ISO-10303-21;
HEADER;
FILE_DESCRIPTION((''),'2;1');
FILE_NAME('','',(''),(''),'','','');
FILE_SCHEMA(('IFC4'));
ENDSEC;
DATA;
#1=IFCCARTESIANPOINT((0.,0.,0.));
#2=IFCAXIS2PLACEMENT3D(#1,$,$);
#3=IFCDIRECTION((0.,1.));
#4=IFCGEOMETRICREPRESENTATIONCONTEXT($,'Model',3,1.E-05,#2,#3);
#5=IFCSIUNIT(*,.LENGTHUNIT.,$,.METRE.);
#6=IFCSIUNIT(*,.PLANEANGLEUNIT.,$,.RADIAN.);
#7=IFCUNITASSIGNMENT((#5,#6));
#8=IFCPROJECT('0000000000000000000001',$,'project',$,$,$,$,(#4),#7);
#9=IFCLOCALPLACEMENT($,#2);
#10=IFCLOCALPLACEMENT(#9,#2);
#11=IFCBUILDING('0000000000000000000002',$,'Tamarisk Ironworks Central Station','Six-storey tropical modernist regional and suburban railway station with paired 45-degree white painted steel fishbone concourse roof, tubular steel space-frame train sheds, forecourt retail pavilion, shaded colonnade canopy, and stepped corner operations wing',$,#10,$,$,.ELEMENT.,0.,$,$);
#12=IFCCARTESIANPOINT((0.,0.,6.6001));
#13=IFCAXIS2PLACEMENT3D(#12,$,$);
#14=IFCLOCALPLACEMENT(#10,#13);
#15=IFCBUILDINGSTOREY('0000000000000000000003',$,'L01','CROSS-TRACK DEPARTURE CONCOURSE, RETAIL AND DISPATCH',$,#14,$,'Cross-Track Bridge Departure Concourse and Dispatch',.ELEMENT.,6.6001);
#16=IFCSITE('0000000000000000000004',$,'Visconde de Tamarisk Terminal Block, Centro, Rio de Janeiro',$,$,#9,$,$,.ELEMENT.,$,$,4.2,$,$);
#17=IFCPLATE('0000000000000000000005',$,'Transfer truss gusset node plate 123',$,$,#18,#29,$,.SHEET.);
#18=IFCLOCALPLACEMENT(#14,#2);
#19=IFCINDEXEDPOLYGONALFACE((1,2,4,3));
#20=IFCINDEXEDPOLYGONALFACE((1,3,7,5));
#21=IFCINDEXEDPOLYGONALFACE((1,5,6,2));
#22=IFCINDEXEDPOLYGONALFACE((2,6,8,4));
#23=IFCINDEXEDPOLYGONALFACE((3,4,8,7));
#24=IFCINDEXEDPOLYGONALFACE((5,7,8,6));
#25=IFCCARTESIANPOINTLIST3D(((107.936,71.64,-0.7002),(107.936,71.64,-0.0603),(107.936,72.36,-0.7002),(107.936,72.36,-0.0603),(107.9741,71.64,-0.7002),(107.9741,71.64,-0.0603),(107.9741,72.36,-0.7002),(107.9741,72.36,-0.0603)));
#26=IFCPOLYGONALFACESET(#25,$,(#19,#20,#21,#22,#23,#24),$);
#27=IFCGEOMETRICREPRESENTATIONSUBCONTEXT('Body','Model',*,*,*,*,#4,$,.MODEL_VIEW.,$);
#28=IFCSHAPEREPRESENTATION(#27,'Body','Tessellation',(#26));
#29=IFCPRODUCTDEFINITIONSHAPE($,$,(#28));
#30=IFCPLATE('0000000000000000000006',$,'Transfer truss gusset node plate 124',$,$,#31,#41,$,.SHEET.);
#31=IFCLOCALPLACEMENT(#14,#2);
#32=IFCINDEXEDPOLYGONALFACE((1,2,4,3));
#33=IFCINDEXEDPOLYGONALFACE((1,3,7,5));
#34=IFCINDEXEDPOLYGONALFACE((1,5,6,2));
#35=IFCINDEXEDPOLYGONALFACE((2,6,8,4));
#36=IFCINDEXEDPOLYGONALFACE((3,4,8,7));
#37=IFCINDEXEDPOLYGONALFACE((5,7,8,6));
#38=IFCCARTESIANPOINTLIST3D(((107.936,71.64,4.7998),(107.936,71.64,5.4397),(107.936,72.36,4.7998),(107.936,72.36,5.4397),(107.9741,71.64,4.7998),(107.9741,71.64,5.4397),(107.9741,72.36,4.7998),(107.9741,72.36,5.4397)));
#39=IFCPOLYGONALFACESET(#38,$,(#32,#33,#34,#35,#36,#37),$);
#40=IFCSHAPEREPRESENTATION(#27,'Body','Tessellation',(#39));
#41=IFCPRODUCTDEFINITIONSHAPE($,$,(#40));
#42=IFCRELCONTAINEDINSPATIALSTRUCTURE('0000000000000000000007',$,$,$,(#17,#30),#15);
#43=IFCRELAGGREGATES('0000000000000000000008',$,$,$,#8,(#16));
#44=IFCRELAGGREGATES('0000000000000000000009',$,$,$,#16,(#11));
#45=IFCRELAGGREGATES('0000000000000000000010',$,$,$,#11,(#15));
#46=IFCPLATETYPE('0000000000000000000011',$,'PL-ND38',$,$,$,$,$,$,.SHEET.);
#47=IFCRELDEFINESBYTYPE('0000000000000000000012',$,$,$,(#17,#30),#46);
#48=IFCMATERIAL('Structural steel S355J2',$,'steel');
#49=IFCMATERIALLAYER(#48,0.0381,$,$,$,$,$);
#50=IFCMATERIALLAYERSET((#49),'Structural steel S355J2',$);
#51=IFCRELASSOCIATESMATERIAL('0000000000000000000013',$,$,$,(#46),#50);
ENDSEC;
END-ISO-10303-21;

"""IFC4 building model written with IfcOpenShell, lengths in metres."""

from ifc_helpers import new_model, si_unit, direction, frame, origin, origin_2d, place, context, subcontext, project, spatial, rectangle, extrude, material, layer, layer_set, type_object, element, save


model = new_model("IFC4")

# Units and contexts
model_context = context("Model", 3, precision=1e-05, world=origin(), true_north=direction((0.0, 1.0)))
body_context = subcontext(model_context, "Body", "Model", "MODEL_VIEW")
ifc_project = project(units=[si_unit("LENGTHUNIT", "METRE"), si_unit("PLANEANGLEUNIT", "RADIAN")], contexts=[model_context])

# Site, building, storey
site_placement = place(None, origin())
site = spatial("IfcSite", under=ifc_project, at=site_placement, Name="Visconde de Tamarisk Terminal Block, Centro, Rio de Janeiro", CompositionType="ELEMENT", RefElevation=4.2)
building_placement = place(site_placement, origin())
building = spatial("IfcBuilding", under=site, at=building_placement, Name="Tamarisk Ironworks Central Station", Description="Six-storey tropical modernist regional and suburban railway station with paired 45-degree white painted steel fishbone concourse roof, tubular steel space-frame train sheds, forecourt retail pavilion, shaded colonnade canopy, and stepped corner operations wing", CompositionType="ELEMENT", ElevationOfRefHeight=0.0)
storey_placement = place(building_placement, frame((0.0, 0.0, 6.6001)))
storey = spatial("IfcBuildingStorey", under=building, at=storey_placement, Name="L01", Description="CROSS-TRACK DEPARTURE CONCOURSE, RETAIL AND DISPATCH", LongName="Cross-Track Bridge Departure Concourse and Dispatch", CompositionType="ELEMENT", Elevation=6.6001)

# Shared definitions
ifc_material_1 = material(Name="Structural steel S355J2", Category="steel")

# Plates
ifc_layer_1 = layer(ifc_material_1, 0.0381)
ifc_layer_set_1 = layer_set([ifc_layer_1], Name="Structural steel S355J2")
plate_type_1 = type_object("IfcPlateType", Name="PL-ND38", PredefinedType="SHEET", material=ifc_layer_set_1)
for number, where, z_axis, x_axis, name in (
    (1, (107.9551, 72.0, -0.7002), (0.0, 0.0, 1.0), (1.0, 0.0, 0.0), "Transfer truss gusset node plate 123"),
    (2, (107.9551, 72.0, 4.7998), (0.0, 0.0, 1.0), (1.0, 0.0, 0.0), "Transfer truss gusset node plate 124"),
):
    element("IfcPlate", number, at=place(storey_placement, frame(where, z_axis=z_axis, x_axis=x_axis)), inside=storey, type_object=plate_type_1, Name=name, PredefinedType="SHEET", context=body_context, shape_type="SweptSolid", body=[
        extrude(rectangle(XDim=0.0381, YDim=0.72, at=origin_2d()), origin(), (0.0, 0.0, 1.0), 0.6399),
    ])

save(model, "model.ifc")
